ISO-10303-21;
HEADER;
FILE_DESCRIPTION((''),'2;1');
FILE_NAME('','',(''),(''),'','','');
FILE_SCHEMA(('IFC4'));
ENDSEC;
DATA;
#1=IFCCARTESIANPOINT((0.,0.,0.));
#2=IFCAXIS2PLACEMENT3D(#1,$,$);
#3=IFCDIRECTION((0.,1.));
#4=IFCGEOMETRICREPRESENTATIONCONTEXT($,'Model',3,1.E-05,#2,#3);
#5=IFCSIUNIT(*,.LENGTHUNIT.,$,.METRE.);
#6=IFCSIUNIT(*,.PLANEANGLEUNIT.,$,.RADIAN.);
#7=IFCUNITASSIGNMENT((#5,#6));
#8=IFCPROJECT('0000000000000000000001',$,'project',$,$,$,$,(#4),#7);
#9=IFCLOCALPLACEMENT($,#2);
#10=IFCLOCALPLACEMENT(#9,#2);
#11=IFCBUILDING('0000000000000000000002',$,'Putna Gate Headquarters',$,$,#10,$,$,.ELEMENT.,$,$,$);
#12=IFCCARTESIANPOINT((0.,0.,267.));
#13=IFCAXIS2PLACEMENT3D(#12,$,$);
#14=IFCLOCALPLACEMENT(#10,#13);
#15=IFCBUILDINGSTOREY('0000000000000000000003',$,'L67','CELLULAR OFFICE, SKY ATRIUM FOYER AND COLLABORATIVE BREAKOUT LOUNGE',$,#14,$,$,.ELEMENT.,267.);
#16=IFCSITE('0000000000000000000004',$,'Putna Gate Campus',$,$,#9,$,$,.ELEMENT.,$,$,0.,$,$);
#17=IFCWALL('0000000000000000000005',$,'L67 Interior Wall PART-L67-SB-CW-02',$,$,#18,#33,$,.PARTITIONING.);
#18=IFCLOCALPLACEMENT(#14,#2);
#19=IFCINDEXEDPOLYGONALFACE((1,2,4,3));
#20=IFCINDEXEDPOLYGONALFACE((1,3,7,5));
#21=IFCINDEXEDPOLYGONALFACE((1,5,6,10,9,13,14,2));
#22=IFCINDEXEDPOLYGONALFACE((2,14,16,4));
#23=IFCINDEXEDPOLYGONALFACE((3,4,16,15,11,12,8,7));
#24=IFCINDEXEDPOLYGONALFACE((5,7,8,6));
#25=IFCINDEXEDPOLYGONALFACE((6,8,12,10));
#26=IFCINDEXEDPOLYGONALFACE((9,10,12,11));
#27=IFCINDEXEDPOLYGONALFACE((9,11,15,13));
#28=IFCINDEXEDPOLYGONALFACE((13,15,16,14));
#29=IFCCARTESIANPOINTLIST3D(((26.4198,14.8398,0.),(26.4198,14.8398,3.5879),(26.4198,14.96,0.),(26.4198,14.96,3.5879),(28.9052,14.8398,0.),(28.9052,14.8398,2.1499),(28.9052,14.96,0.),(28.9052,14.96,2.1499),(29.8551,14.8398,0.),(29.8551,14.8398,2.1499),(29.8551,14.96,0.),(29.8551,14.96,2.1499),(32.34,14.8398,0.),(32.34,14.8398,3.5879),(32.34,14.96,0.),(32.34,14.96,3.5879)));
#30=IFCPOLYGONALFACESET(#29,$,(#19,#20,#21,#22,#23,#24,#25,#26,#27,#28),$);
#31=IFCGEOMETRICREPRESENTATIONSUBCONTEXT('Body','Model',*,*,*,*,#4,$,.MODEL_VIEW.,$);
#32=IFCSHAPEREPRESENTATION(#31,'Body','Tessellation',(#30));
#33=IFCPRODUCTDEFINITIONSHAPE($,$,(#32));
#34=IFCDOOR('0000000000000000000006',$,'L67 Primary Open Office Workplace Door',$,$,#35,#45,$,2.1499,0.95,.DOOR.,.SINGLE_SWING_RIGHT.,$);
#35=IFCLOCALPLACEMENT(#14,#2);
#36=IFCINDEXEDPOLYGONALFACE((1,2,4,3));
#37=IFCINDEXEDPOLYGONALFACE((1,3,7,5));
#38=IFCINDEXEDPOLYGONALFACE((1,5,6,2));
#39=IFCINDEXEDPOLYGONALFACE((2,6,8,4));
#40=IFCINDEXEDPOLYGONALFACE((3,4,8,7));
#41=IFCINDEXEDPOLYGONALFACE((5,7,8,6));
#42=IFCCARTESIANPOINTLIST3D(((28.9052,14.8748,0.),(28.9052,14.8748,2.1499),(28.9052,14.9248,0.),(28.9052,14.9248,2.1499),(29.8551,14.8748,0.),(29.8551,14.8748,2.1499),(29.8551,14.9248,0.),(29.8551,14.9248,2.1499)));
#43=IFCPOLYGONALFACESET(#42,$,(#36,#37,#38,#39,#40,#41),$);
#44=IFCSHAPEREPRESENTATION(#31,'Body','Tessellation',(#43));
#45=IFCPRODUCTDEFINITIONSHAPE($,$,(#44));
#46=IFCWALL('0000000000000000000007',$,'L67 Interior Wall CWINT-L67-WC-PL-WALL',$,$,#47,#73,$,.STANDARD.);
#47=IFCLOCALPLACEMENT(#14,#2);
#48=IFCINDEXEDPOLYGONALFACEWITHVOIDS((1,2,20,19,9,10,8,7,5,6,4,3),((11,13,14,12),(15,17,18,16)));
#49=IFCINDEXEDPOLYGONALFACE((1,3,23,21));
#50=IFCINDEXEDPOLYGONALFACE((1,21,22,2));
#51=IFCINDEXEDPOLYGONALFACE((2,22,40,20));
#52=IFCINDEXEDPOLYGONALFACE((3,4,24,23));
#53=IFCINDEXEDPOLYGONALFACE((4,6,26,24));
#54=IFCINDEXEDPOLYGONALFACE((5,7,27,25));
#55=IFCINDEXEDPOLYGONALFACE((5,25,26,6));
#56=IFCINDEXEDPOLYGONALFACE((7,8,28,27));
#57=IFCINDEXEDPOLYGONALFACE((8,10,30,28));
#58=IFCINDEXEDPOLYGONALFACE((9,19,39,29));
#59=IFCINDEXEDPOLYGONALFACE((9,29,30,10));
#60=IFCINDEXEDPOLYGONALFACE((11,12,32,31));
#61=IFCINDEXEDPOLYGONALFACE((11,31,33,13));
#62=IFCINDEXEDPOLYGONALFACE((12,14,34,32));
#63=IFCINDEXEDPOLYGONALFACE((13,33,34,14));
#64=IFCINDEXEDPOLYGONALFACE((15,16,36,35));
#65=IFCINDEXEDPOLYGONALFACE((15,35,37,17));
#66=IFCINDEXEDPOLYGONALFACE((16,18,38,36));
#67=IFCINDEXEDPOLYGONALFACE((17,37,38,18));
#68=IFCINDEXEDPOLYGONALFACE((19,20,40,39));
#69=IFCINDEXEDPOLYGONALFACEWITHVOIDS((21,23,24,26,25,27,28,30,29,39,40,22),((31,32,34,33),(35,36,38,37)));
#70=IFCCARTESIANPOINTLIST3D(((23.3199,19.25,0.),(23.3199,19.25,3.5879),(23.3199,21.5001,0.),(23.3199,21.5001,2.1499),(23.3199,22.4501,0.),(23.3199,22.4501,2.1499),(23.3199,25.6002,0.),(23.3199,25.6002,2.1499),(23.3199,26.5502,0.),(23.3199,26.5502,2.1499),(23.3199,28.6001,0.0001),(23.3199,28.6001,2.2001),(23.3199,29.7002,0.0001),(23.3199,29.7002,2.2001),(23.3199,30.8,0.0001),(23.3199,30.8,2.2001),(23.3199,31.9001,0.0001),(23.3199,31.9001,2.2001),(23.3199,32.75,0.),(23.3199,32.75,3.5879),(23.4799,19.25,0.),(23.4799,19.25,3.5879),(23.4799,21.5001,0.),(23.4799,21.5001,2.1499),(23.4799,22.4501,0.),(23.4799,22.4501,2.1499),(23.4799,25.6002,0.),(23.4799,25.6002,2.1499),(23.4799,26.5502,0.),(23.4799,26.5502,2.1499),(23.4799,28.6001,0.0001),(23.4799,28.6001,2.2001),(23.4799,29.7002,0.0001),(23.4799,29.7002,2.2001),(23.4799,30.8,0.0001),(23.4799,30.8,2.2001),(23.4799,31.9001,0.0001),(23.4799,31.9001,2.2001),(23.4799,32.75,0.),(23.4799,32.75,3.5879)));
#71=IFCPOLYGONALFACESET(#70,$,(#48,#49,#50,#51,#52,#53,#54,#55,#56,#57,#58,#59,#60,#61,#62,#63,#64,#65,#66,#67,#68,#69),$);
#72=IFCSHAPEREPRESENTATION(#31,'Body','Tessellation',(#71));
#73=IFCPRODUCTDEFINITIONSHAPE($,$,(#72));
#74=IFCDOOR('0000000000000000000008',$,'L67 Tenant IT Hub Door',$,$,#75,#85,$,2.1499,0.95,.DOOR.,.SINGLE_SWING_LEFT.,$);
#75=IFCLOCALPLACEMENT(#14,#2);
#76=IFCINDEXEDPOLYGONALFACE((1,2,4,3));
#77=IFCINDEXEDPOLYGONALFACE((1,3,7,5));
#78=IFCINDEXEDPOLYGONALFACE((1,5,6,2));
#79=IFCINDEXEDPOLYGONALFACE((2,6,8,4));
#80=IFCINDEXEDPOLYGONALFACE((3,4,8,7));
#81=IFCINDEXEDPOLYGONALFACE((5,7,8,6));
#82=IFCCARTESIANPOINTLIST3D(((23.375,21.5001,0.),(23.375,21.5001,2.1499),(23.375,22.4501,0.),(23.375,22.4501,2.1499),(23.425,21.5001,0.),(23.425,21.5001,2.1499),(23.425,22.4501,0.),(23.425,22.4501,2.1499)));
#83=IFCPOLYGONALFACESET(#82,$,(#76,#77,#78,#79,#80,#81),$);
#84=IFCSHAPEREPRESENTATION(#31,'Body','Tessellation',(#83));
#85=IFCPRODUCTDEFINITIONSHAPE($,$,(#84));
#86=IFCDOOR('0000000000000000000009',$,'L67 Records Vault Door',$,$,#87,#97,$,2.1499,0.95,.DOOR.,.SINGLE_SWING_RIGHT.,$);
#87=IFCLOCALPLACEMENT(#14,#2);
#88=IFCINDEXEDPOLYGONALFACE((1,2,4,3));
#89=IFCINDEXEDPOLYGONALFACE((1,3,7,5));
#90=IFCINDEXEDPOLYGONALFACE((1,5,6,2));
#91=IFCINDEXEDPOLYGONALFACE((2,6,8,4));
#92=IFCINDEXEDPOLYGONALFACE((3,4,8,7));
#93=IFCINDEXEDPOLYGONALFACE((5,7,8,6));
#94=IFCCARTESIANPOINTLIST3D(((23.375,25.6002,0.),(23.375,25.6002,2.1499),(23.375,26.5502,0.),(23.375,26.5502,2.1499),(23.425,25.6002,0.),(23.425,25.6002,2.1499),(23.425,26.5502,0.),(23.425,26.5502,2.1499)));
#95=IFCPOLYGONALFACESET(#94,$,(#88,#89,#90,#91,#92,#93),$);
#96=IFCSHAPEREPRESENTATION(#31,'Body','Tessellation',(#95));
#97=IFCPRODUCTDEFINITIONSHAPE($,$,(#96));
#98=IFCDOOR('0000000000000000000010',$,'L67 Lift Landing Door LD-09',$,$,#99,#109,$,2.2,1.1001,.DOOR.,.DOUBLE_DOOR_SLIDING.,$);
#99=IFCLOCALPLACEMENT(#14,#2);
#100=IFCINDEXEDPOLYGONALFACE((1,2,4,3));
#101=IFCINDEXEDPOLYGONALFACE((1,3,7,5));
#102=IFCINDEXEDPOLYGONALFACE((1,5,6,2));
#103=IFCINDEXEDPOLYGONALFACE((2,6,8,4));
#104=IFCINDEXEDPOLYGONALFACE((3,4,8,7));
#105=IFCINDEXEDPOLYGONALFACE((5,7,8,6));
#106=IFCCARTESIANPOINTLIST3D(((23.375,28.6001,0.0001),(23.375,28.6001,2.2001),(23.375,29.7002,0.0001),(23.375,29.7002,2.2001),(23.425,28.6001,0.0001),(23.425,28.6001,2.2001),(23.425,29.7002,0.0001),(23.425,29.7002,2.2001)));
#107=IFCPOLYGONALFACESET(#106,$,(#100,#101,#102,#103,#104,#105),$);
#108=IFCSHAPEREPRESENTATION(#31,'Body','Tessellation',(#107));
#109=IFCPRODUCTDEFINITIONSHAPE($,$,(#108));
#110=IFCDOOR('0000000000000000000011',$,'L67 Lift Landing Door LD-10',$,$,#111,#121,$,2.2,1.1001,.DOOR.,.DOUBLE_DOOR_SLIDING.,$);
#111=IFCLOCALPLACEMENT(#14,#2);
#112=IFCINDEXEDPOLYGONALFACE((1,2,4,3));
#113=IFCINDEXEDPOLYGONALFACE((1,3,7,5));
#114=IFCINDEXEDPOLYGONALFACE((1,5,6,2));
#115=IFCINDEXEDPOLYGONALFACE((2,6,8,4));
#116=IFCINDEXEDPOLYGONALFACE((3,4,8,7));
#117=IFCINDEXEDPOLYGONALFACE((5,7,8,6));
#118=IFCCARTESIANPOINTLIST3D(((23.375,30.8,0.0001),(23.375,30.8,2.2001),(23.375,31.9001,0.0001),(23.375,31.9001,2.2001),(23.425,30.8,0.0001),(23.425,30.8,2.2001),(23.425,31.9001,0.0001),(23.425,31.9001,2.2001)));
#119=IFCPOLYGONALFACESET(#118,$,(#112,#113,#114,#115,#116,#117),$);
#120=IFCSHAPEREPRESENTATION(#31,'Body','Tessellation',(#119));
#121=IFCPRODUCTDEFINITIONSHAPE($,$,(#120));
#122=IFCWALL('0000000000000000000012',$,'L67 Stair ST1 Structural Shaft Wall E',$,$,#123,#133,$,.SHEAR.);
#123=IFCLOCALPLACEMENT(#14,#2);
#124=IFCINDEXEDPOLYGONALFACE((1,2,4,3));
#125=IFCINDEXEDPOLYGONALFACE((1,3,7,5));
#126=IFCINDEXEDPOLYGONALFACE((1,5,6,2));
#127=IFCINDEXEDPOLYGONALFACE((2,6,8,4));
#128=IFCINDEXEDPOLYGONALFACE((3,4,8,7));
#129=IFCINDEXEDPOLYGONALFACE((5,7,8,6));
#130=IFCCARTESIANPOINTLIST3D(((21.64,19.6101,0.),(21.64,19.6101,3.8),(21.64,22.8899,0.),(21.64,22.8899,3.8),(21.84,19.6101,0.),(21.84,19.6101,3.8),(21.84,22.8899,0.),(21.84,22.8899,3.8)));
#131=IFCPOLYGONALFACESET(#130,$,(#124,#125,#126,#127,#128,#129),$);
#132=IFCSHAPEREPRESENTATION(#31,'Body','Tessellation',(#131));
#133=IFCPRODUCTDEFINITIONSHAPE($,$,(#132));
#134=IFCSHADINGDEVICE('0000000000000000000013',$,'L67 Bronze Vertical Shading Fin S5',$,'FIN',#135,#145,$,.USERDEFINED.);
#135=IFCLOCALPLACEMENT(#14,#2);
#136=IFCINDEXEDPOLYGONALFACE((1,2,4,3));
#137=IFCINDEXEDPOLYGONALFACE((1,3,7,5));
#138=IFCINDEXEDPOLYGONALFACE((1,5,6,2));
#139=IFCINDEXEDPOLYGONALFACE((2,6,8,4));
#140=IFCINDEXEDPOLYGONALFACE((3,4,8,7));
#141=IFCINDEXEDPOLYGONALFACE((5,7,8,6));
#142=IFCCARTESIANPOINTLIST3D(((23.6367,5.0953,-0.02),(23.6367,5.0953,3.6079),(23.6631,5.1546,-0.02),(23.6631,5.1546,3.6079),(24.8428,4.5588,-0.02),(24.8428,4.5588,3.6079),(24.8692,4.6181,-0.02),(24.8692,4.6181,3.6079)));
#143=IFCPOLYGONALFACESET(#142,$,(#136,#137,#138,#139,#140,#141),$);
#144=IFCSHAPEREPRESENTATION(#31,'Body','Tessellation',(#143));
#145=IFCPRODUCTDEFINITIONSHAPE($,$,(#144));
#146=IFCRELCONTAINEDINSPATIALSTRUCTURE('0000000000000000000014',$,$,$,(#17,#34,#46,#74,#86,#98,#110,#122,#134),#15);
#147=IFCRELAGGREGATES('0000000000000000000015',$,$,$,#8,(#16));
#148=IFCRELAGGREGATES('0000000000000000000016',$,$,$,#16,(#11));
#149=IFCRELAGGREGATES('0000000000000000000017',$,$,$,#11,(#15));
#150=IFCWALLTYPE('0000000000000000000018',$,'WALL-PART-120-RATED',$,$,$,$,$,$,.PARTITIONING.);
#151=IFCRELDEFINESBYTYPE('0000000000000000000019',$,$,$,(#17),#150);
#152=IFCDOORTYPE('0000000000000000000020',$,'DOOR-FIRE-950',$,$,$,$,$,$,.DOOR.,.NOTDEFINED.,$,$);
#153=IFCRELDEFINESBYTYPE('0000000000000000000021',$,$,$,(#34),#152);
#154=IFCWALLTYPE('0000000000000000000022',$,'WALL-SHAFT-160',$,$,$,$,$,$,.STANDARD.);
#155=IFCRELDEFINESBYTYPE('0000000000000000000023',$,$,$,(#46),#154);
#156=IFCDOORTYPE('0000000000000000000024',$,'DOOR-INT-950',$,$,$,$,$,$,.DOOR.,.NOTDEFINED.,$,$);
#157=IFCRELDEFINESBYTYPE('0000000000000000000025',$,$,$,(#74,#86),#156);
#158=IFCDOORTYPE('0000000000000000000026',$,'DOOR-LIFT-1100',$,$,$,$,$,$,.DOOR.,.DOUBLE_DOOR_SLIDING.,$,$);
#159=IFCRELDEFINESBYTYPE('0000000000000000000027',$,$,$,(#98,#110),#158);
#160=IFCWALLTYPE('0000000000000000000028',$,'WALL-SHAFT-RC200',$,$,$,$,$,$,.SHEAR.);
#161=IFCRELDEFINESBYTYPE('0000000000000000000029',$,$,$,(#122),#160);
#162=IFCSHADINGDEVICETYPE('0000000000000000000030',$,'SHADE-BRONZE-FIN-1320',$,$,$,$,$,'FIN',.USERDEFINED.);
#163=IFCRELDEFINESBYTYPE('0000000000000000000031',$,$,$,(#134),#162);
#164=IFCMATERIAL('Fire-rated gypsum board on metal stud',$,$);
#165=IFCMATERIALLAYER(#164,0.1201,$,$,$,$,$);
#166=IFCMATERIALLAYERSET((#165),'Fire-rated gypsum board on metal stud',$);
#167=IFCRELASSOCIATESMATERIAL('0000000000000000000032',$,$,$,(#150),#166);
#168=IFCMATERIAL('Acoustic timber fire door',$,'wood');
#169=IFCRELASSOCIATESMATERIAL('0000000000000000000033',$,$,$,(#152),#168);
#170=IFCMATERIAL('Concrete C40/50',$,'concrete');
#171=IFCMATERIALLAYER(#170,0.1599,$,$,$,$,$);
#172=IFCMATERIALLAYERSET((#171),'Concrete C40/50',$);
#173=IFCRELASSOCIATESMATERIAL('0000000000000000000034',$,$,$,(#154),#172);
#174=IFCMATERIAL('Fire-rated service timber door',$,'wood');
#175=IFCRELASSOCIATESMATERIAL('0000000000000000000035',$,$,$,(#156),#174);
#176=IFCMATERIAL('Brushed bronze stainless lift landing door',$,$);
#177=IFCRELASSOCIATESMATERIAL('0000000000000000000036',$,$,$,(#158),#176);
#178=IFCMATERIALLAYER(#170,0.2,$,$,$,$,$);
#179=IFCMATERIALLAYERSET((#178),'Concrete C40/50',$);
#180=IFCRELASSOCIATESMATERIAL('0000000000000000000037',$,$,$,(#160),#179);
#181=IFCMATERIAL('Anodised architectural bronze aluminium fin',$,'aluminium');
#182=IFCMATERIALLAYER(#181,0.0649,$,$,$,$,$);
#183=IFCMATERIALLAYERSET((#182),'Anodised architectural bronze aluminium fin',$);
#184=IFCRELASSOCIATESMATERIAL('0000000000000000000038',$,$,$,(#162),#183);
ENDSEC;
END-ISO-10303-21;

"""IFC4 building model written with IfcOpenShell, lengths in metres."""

from ifc_helpers import new_model, si_unit, direction, frame, frame_2d, origin, origin_2d, place, context, subcontext, project, spatial, rectangle, extrude, material, layer, layer_set, type_object, element, fill, save


model = new_model("IFC4")

# Units and contexts
model_context = context("Model", 3, precision=1e-05, world=origin(), true_north=direction((0.0, 1.0)))
body_context = subcontext(model_context, "Body", "Model", "MODEL_VIEW")
ifc_project = project(units=[si_unit("LENGTHUNIT", "METRE"), si_unit("PLANEANGLEUNIT", "RADIAN")], contexts=[model_context])

# Site, building, storey
site_placement = place(None, origin())
site = spatial("IfcSite", under=ifc_project, at=site_placement, Name="Putna Gate Campus", CompositionType="ELEMENT", RefElevation=0.0)
building_placement = place(site_placement, origin())
building = spatial("IfcBuilding", under=site, at=building_placement, Name="Putna Gate Headquarters", CompositionType="ELEMENT")
storey_placement = place(building_placement, frame((0.0, 0.0, 267.0)))
storey = spatial("IfcBuildingStorey", under=building, at=storey_placement, Name="L67", Description="CELLULAR OFFICE, SKY ATRIUM FOYER AND COLLABORATIVE BREAKOUT LOUNGE", CompositionType="ELEMENT", Elevation=267.0)

# Shared definitions
ifc_material_1 = material(Name="Fire-rated gypsum board on metal stud")
ifc_layer_1 = layer(ifc_material_1, 0.1201)
ifc_layer_set_1 = layer_set([ifc_layer_1], Name="Fire-rated gypsum board on metal stud")
wall_type_1 = type_object("IfcWallType", Name="WALL-PART-120-RATED", PredefinedType="PARTITIONING", material=ifc_layer_set_1)

# Wall, opening, door
wall_1_placement = place(storey_placement, frame((26.4199, 14.8999, 0.0), z_axis=(0.0, 0.0, 1.0), x_axis=(1.0, 0.0, 0.0)))
wall_1 = element("IfcWall", 1, at=wall_1_placement, inside=storey, type_object=wall_type_1, Name="L67 Interior Wall PART-L67-SB-CW-02", PredefinedType="PARTITIONING", context=body_context, shape_type="SweptSolid", body=[
    extrude(rectangle(XDim=5.9202, YDim=0.1201, at=frame_2d((2.96, 0.0))), origin(), (0.0, 0.0, 1.0), 3.5879),
])
opening_1_placement = place(wall_1_placement, frame((2.4851, 0.0, 0.0)))
opening_1 = element("IfcOpeningElement", 2, at=opening_1_placement, cuts=wall_1, PredefinedType="OPENING", context=body_context, shape_type="SweptSolid", body=[
    extrude(rectangle(XDim=0.95, YDim=2.1499, at=frame_2d((0.4751, 1.075))), frame((0.0, 0.0701, 0.0), z_axis=(0.0, -1.0, 0.0), x_axis=(1.0, 0.0, 0.0)), (0.0, 0.0, 1.0), 0.1401),
])
ifc_material_2 = material(Name="Acoustic timber fire door", Category="wood")
door_type_1 = type_object("IfcDoorType", Name="DOOR-FIRE-950", OperationType="NOTDEFINED", PredefinedType="DOOR", material=ifc_material_2)
door_1_placement = place(opening_1_placement, origin())
door_1 = element("IfcDoor", 3, at=door_1_placement, inside=storey, type_object=door_type_1, Name="L67 Primary Open Office Workplace Door", OperationType="SINGLE_SWING_RIGHT", OverallHeight=2.1499, OverallWidth=0.95, PredefinedType="DOOR", context=body_context, shape_type="SweptSolid", body=[
    extrude(rectangle(XDim=0.95, YDim=2.1499, at=frame_2d((0.4751, 1.075))), frame((0.0, 0.0249, 0.0), z_axis=(0.0, -1.0, 0.0), x_axis=(1.0, 0.0, 0.0)), (0.0, 0.0, 1.0), 0.05),
])
fill(opening_1, door_1)

# Wall, openings, doors
ifc_material_3 = material(Name="Concrete C40/50", Category="concrete")
ifc_layer_2 = layer(ifc_material_3, 0.1599)
ifc_layer_set_2 = layer_set([ifc_layer_2], Name="Concrete C40/50")
wall_type_2 = type_object("IfcWallType", Name="WALL-SHAFT-160", PredefinedType="STANDARD", material=ifc_layer_set_2)
wall_2_placement = place(storey_placement, frame((23.3999, 19.25, 0.0), z_axis=(0.0, 0.0, 1.0), x_axis=(0.0, 1.0, 0.0)))
wall_2 = element("IfcWall", 4, at=wall_2_placement, inside=storey, type_object=wall_type_2, Name="L67 Interior Wall CWINT-L67-WC-PL-WALL", PredefinedType="STANDARD", context=body_context, shape_type="SweptSolid", body=[
    extrude(rectangle(XDim=13.5, YDim=0.1599, at=frame_2d((6.75, 0.0))), origin(), (0.0, 0.0, 1.0), 3.5879),
])
opening_2_placement = place(wall_2_placement, frame((2.25, 0.0, 0.0)))
opening_2 = element("IfcOpeningElement", 5, at=opening_2_placement, cuts=wall_2, PredefinedType="OPENING", context=body_context, shape_type="SweptSolid", body=[
    extrude(rectangle(XDim=0.95, YDim=2.1499, at=frame_2d((0.4751, 1.075))), frame((0.0, 0.0898, 0.0), z_axis=(0.0, -1.0, 0.0), x_axis=(1.0, 0.0, 0.0)), (0.0, 0.0, 1.0), 0.1799),
])
opening_3_placement = place(wall_2_placement, frame((6.3501, 0.0, 0.0)))
opening_3 = element("IfcOpeningElement", 6, at=opening_3_placement, cuts=wall_2, PredefinedType="OPENING", context=body_context, shape_type="SweptSolid", body=[
    extrude(rectangle(XDim=0.95, YDim=2.1499, at=frame_2d((0.4751, 1.075))), frame((0.0, 0.0898, 0.0), z_axis=(0.0, -1.0, 0.0), x_axis=(1.0, 0.0, 0.0)), (0.0, 0.0, 1.0), 0.1799),
])
opening_4_placement = place(wall_2_placement, frame((9.3501, 0.0, 0.0)))
opening_4 = element("IfcOpeningElement", 7, at=opening_4_placement, cuts=wall_2, PredefinedType="OPENING", context=body_context, shape_type="SweptSolid", body=[
    extrude(rectangle(XDim=1.1001, YDim=2.2, at=frame_2d((0.55, 1.1001))), frame((0.0, 0.0898, 0.0), z_axis=(0.0, -1.0, 0.0), x_axis=(1.0, 0.0, 0.0)), (0.0, 0.0, 1.0), 0.1799),
])
opening_5_placement = place(wall_2_placement, frame((11.55, 0.0, 0.0)))
opening_5 = element("IfcOpeningElement", 8, at=opening_5_placement, cuts=wall_2, PredefinedType="OPENING", context=body_context, shape_type="SweptSolid", body=[
    extrude(rectangle(XDim=1.1001, YDim=2.2, at=frame_2d((0.55, 1.1001))), frame((0.0, 0.0898, 0.0), z_axis=(0.0, -1.0, 0.0), x_axis=(1.0, 0.0, 0.0)), (0.0, 0.0, 1.0), 0.1799),
])
ifc_material_4 = material(Name="Fire-rated service timber door", Category="wood")
door_type_2 = type_object("IfcDoorType", Name="DOOR-INT-950", OperationType="NOTDEFINED", PredefinedType="DOOR", material=ifc_material_4)
door_2_placement = place(opening_2_placement, origin())
door_2 = element("IfcDoor", 9, at=door_2_placement, inside=storey, type_object=door_type_2, Name="L67 Tenant IT Hub Door", OperationType="SINGLE_SWING_LEFT", OverallHeight=2.1499, OverallWidth=0.95, PredefinedType="DOOR", context=body_context, shape_type="SweptSolid", body=[
    extrude(rectangle(XDim=0.95, YDim=2.1499, at=frame_2d((0.4751, 1.075))), frame((0.0, 0.0249, 0.0), z_axis=(0.0, -1.0, 0.0), x_axis=(1.0, 0.0, 0.0)), (0.0, 0.0, 1.0), 0.05),
])
fill(opening_2, door_2)
door_3_placement = place(opening_3_placement, origin())
door_3 = element("IfcDoor", 10, at=door_3_placement, inside=storey, type_object=door_type_2, Name="L67 Records Vault Door", OperationType="SINGLE_SWING_RIGHT", OverallHeight=2.1499, OverallWidth=0.95, PredefinedType="DOOR", context=body_context, shape_type="SweptSolid", body=[
    extrude(rectangle(XDim=0.95, YDim=2.1499, at=frame_2d((0.4751, 1.075))), frame((0.0, 0.0249, 0.0), z_axis=(0.0, -1.0, 0.0), x_axis=(1.0, 0.0, 0.0)), (0.0, 0.0, 1.0), 0.05),
])
fill(opening_3, door_3)
ifc_material_5 = material(Name="Brushed bronze stainless lift landing door")
door_type_3 = type_object("IfcDoorType", Name="DOOR-LIFT-1100", OperationType="DOUBLE_DOOR_SLIDING", PredefinedType="DOOR", material=ifc_material_5)
door_4_placement = place(opening_4_placement, origin())
door_4 = element("IfcDoor", 11, at=door_4_placement, inside=storey, type_object=door_type_3, Name="L67 Lift Landing Door LD-09", OperationType="DOUBLE_DOOR_SLIDING", OverallHeight=2.2, OverallWidth=1.1001, PredefinedType="DOOR", context=body_context, shape_type="SweptSolid", body=[
    extrude(rectangle(XDim=1.1001, YDim=2.2, at=frame_2d((0.55, 1.1001))), frame((0.0, 0.0249, 0.0), z_axis=(0.0, -1.0, 0.0), x_axis=(1.0, 0.0, 0.0)), (0.0, 0.0, 1.0), 0.05),
])
fill(opening_4, door_4)
door_5_placement = place(opening_5_placement, origin())
door_5 = element("IfcDoor", 12, at=door_5_placement, inside=storey, type_object=door_type_3, Name="L67 Lift Landing Door LD-10", OperationType="DOUBLE_DOOR_SLIDING", OverallHeight=2.2, OverallWidth=1.1001, PredefinedType="DOOR", context=body_context, shape_type="SweptSolid", body=[
    extrude(rectangle(XDim=1.1001, YDim=2.2, at=frame_2d((0.55, 1.1001))), frame((0.0, 0.0249, 0.0), z_axis=(0.0, -1.0, 0.0), x_axis=(1.0, 0.0, 0.0)), (0.0, 0.0, 1.0), 0.05),
])
fill(opening_5, door_5)

# Wall
ifc_layer_3 = layer(ifc_material_3, 0.2)
ifc_layer_set_3 = layer_set([ifc_layer_3], Name="Concrete C40/50")
wall_type_3 = type_object("IfcWallType", Name="WALL-SHAFT-RC200", PredefinedType="SHEAR", material=ifc_layer_set_3)
wall_3_placement = place(storey_placement, frame((21.74, 19.6101, 0.0), z_axis=(0.0, 0.0, 1.0), x_axis=(0.0, 1.0, 0.0)))
element("IfcWall", 13, at=wall_3_placement, inside=storey, type_object=wall_type_3, Name="L67 Stair ST1 Structural Shaft Wall E", PredefinedType="SHEAR", context=body_context, shape_type="SweptSolid", body=[
    extrude(rectangle(XDim=3.2798, YDim=0.2, at=frame_2d((1.6399, 0.0))), origin(), (0.0, 0.0, 1.0), 3.8),
])

# Shading device
ifc_material_6 = material(Name="Anodised architectural bronze aluminium fin", Category="aluminium")
ifc_layer_4 = layer(ifc_material_6, 0.0649)
ifc_layer_set_4 = layer_set([ifc_layer_4], Name="Anodised architectural bronze aluminium fin")
shading_device_type = type_object("IfcShadingDeviceType", Name="SHADE-BRONZE-FIN-1320", ElementType="FIN", PredefinedType="USERDEFINED", material=ifc_layer_set_4)
shading_device_placement = place(storey_placement, frame((24.2529, 4.8567, -0.02), z_axis=(0.0, 0.0, 1.0), x_axis=(0.913687, -0.406418, 0.0)))
element("IfcShadingDevice", 14, at=shading_device_placement, inside=storey, type_object=shading_device_type, Name="L67 Bronze Vertical Shading Fin S5", ObjectType="FIN", PredefinedType="USERDEFINED", context=body_context, shape_type="SweptSolid", body=[
    extrude(rectangle(XDim=1.3201, YDim=0.0649, at=origin_2d()), origin(), (0.0, 0.0, 1.0), 3.6279),
])

save(model, "model.ifc")
